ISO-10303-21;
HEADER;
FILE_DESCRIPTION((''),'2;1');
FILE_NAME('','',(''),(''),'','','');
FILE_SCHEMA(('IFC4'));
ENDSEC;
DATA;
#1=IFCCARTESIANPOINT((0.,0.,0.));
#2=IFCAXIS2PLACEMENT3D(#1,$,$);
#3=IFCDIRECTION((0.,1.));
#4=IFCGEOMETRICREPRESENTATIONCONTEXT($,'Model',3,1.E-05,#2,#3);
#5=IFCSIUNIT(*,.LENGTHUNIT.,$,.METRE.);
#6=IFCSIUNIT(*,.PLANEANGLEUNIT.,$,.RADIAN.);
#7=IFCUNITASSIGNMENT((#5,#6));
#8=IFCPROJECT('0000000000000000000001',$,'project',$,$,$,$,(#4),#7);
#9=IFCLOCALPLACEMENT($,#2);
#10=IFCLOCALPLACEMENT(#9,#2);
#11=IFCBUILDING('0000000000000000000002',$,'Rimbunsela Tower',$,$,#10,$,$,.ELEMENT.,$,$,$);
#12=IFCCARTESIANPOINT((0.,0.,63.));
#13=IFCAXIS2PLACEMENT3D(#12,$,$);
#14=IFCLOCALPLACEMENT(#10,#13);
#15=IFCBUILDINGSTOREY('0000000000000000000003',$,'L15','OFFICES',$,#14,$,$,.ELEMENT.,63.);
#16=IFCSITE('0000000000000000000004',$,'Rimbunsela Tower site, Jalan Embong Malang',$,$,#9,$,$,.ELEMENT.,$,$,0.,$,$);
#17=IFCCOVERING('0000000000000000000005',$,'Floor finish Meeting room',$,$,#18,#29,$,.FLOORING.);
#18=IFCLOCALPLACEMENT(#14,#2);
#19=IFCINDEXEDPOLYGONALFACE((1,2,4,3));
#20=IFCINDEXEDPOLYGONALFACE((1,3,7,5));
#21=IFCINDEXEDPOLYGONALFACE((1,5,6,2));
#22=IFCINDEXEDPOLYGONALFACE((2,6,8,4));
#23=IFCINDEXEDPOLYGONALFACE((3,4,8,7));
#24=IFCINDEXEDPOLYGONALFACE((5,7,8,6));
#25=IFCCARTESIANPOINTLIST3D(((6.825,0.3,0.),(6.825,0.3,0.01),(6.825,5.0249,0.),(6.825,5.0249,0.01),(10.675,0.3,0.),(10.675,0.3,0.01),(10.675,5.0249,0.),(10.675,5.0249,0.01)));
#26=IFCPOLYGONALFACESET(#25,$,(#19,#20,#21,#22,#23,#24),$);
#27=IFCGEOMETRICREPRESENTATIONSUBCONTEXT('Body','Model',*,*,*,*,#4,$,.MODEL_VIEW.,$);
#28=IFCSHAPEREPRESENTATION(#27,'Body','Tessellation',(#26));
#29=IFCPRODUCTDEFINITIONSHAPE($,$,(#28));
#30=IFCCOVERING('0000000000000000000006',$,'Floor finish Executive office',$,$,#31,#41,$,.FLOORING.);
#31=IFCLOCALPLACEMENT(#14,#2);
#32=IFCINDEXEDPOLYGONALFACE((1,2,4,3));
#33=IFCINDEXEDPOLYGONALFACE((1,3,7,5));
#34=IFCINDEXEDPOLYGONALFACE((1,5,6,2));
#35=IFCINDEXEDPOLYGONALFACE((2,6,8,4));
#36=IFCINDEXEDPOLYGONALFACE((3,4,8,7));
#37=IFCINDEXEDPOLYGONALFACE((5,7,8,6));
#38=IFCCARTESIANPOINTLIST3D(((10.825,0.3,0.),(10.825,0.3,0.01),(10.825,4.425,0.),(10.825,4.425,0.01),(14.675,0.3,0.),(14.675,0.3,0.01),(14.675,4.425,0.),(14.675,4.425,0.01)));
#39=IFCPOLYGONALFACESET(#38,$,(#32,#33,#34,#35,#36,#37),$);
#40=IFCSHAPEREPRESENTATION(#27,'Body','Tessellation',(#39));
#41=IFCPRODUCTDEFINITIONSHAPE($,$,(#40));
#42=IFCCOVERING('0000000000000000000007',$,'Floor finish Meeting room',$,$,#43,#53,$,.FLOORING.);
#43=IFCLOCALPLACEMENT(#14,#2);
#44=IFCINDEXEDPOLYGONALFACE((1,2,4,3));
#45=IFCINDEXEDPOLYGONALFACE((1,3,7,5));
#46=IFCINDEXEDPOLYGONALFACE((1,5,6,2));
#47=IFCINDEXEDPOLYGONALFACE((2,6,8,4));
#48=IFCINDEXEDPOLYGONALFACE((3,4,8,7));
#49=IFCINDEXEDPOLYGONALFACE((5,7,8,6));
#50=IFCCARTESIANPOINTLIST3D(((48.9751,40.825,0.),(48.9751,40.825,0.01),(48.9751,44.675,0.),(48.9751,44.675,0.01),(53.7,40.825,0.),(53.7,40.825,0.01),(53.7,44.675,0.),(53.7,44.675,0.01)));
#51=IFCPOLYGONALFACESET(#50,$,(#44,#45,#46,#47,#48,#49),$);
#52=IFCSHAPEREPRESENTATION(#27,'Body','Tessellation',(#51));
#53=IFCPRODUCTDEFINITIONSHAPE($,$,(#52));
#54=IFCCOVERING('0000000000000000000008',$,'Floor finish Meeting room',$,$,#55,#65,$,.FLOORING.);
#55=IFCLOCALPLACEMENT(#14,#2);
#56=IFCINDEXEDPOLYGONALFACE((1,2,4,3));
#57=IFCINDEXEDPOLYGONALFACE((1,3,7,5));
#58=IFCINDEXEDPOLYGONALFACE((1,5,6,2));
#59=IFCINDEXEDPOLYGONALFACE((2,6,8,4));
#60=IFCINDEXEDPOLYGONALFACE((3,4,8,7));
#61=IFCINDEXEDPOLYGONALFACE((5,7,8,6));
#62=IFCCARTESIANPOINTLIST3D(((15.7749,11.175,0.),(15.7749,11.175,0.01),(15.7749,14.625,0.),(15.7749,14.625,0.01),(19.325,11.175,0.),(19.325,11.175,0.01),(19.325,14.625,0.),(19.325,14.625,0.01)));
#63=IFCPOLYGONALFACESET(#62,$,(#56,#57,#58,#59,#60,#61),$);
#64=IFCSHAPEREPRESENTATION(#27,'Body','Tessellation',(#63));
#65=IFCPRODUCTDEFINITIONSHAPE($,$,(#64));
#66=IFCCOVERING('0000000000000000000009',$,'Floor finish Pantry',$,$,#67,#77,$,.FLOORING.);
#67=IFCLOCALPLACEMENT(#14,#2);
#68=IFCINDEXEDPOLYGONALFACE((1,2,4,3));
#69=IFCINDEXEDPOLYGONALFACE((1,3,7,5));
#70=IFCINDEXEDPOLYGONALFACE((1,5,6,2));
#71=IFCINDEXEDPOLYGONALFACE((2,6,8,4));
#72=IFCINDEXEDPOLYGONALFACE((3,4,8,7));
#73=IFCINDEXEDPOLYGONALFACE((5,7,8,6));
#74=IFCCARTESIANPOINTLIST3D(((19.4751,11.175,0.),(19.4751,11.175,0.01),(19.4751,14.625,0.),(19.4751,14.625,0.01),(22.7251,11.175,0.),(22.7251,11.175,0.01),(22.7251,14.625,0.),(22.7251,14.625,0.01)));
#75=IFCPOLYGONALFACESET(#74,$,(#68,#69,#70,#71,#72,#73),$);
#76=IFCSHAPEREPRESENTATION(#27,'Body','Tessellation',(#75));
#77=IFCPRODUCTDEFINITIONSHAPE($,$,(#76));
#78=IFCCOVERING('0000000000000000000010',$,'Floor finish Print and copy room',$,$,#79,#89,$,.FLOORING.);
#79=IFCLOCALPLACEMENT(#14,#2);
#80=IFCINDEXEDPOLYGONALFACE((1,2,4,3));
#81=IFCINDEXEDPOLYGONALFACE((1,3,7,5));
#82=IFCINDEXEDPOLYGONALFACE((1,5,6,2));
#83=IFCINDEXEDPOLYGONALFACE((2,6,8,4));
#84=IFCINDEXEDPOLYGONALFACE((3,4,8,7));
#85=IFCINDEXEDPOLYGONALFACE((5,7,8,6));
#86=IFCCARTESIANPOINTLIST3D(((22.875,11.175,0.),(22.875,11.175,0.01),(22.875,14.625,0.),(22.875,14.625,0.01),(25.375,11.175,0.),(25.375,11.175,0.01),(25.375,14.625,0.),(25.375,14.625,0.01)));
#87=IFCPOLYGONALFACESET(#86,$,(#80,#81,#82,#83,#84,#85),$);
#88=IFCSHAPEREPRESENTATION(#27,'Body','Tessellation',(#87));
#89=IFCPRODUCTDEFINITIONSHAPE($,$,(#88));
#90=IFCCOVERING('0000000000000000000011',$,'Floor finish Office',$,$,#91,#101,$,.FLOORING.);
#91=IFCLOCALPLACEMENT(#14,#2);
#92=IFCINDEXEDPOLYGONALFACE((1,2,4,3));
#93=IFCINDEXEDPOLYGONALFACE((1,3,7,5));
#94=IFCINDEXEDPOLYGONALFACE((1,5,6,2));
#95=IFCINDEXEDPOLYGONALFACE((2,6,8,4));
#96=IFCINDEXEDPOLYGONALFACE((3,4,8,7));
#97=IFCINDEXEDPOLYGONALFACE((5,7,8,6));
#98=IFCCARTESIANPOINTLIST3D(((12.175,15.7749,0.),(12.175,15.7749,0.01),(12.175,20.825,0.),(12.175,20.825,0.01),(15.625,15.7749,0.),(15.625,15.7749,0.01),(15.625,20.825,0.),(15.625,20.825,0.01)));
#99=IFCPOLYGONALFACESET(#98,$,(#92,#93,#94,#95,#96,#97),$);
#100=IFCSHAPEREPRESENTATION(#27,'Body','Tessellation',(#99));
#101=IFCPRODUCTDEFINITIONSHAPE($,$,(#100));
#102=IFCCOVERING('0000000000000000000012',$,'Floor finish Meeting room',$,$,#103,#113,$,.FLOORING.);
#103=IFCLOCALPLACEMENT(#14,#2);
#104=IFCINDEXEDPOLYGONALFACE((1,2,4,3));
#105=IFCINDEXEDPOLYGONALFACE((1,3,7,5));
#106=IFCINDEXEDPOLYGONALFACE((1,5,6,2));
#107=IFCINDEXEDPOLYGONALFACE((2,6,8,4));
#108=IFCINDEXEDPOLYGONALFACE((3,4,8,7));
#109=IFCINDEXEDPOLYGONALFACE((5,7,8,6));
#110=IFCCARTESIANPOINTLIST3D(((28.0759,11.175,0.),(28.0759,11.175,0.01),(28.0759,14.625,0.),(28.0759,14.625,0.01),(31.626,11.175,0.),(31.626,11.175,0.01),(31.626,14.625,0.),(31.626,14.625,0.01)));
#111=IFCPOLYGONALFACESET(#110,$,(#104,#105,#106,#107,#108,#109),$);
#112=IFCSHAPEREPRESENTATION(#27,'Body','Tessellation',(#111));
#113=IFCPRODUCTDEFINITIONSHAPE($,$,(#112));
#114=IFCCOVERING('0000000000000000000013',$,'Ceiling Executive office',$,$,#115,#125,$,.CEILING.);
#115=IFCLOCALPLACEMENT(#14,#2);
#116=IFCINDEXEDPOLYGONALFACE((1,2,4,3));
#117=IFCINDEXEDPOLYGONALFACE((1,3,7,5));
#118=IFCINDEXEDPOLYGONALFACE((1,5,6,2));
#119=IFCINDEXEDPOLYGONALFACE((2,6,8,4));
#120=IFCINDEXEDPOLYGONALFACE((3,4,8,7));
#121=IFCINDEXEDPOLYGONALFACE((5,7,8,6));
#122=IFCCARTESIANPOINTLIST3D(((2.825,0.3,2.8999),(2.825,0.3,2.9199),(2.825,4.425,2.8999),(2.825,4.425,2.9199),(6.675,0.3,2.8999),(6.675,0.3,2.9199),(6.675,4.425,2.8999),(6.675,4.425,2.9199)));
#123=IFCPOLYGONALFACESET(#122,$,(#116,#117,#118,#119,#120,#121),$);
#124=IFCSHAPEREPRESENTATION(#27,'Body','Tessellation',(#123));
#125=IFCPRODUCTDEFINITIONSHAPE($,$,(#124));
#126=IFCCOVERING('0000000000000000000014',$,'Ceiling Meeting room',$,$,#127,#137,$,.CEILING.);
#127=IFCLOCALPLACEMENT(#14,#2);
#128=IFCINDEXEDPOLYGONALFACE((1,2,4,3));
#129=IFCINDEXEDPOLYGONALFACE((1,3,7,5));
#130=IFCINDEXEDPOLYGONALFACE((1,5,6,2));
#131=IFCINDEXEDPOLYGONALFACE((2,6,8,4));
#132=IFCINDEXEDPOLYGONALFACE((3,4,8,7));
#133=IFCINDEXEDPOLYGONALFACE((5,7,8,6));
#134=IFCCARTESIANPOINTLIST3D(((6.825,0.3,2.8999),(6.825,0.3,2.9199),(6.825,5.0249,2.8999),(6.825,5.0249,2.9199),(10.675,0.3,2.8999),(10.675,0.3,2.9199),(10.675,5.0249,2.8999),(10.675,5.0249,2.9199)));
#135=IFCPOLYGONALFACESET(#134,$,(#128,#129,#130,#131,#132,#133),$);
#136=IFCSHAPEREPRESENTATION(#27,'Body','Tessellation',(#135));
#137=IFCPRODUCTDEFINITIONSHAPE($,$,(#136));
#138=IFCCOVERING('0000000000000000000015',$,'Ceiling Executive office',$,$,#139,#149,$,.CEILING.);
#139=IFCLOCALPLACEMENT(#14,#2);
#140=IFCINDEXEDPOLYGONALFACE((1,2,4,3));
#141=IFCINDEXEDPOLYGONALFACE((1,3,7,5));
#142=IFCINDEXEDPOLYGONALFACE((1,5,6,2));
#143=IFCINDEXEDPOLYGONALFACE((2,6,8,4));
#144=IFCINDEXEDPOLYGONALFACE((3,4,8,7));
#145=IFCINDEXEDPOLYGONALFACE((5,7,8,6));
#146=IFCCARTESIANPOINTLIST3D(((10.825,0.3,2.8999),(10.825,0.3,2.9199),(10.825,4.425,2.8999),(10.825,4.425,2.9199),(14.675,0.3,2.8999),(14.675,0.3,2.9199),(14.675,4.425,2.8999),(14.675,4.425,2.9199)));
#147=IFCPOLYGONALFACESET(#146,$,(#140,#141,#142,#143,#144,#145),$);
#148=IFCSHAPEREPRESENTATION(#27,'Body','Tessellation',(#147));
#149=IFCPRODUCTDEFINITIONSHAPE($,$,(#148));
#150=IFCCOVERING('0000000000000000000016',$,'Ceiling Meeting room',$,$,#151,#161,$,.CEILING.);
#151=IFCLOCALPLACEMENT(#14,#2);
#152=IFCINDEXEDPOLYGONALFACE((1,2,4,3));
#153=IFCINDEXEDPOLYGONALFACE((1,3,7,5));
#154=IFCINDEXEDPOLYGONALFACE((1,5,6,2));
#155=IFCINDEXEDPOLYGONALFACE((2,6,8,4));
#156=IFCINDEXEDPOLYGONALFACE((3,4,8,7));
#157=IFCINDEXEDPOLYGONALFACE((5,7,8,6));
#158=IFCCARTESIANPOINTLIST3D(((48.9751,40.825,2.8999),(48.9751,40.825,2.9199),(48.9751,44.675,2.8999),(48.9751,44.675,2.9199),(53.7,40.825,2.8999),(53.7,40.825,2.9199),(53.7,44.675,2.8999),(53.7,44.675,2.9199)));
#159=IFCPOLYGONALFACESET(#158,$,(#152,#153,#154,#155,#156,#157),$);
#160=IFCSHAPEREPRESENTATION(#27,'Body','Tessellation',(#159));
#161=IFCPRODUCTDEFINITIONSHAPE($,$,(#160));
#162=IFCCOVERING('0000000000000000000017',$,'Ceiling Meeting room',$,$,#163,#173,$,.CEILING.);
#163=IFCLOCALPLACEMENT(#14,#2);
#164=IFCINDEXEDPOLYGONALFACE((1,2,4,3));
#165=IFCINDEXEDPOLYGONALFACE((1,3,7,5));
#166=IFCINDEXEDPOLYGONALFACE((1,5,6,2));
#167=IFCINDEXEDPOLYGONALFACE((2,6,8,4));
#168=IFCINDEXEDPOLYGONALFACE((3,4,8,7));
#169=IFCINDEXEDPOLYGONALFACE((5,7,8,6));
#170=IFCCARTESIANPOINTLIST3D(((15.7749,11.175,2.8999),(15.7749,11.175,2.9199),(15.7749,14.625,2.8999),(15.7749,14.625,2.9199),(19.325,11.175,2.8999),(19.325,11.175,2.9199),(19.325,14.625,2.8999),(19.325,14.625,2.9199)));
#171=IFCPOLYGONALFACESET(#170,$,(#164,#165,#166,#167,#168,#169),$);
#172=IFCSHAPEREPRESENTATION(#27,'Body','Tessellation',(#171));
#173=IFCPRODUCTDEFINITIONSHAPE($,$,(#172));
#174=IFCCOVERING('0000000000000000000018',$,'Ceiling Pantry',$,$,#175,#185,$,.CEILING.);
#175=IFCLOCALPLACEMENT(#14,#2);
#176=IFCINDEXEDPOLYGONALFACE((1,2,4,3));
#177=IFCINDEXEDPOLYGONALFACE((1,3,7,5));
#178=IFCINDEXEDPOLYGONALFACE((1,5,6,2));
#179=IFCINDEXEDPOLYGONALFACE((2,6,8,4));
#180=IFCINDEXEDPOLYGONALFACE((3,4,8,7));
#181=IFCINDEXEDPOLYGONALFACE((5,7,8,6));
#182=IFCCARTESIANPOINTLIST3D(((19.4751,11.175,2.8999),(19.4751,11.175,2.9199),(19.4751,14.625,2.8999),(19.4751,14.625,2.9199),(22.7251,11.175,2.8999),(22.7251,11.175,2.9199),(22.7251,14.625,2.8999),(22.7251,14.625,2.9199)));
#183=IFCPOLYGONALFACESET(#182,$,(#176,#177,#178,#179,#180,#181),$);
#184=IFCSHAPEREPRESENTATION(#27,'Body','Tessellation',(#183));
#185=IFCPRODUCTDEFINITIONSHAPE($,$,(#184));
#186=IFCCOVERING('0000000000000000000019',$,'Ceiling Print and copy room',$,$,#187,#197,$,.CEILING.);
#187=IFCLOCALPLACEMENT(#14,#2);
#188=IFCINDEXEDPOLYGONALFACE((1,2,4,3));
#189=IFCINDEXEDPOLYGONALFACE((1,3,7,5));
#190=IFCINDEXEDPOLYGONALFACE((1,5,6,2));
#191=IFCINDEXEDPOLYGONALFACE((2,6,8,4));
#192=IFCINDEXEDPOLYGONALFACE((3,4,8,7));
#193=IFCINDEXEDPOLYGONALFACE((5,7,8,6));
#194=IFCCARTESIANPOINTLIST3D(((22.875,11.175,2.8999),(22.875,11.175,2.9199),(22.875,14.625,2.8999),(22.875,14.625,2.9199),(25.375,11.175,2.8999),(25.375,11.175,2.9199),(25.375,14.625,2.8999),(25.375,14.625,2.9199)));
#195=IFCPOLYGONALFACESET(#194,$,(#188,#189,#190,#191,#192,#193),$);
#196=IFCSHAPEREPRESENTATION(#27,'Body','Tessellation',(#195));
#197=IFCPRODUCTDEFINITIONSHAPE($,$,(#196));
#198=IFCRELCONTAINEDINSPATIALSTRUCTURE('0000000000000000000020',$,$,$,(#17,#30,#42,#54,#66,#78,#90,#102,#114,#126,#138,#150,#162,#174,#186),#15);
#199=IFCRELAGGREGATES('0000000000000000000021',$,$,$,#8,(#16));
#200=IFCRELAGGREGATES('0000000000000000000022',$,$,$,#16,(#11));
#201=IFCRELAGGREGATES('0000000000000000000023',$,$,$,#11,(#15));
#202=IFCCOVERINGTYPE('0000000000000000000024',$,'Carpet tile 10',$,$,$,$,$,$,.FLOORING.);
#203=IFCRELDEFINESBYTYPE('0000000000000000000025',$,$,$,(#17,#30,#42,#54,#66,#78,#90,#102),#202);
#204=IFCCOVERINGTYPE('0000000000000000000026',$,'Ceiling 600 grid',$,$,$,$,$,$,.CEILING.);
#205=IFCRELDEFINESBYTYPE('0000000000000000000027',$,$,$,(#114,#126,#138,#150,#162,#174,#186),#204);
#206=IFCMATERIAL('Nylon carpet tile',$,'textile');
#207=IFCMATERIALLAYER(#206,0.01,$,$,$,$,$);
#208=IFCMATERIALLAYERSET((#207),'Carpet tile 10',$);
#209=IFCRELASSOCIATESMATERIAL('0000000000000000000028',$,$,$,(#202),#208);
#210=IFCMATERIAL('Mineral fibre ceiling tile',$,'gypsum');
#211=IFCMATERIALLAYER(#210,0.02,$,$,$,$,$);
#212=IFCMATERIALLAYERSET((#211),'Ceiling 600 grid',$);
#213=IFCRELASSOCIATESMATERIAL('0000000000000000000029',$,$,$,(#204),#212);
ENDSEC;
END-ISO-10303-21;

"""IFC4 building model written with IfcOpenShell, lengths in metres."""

from ifc_helpers import new_model, si_unit, direction, frame, origin, place, context, subcontext, project, spatial, polyline, outline, extrude, material, layer, layer_set, type_object, element, save


model = new_model("IFC4")

# Units and contexts
model_context = context("Model", 3, precision=1e-05, world=origin(), true_north=direction((0.0, 1.0)))
body_context = subcontext(model_context, "Body", "Model", "MODEL_VIEW")
ifc_project = project(units=[si_unit("LENGTHUNIT", "METRE"), si_unit("PLANEANGLEUNIT", "RADIAN")], contexts=[model_context])

# Site, building, storey
site_placement = place(None, origin())
site = spatial("IfcSite", under=ifc_project, at=site_placement, Name="Rimbunsela Tower site, Jalan Embong Malang", CompositionType="ELEMENT", RefElevation=0.0)
building_placement = place(site_placement, origin())
building = spatial("IfcBuilding", under=site, at=building_placement, Name="Rimbunsela Tower", CompositionType="ELEMENT")
storey_placement = place(building_placement, frame((0.0, 0.0, 63.0)))
storey = spatial("IfcBuildingStorey", under=building, at=storey_placement, Name="L15", Description="OFFICES", CompositionType="ELEMENT", Elevation=63.0)

# Coverings
ifc_material_1 = material(Name="Nylon carpet tile", Category="textile")
ifc_layer_1 = layer(ifc_material_1, 0.01)
ifc_layer_set_1 = layer_set([ifc_layer_1], Name="Carpet tile 10")
covering_type_1 = type_object("IfcCoveringType", Name="Carpet tile 10", PredefinedType="FLOORING", material=ifc_layer_set_1)
covering_1_placement = place(storey_placement, origin())
element("IfcCovering", 1, at=covering_1_placement, inside=storey, type_object=covering_type_1, Name="Floor finish Meeting room", PredefinedType="FLOORING", context=body_context, shape_type="SweptSolid", body=[
    extrude(outline(polyline([(10.675, 0.3), (10.675, 5.0249), (6.825, 5.0249), (6.825, 0.3), (10.675, 0.3)])), origin(), (0.0, 0.0, 1.0), 0.01),
])
covering_2_placement = place(storey_placement, origin())
element("IfcCovering", 2, at=covering_2_placement, inside=storey, type_object=covering_type_1, Name="Floor finish Executive office", PredefinedType="FLOORING", context=body_context, shape_type="SweptSolid", body=[
    extrude(outline(polyline([(14.675, 0.3), (14.675, 4.425), (10.825, 4.425), (10.825, 0.3), (14.675, 0.3)])), origin(), (0.0, 0.0, 1.0), 0.01),
])
covering_3_placement = place(storey_placement, origin())
element("IfcCovering", 3, at=covering_3_placement, inside=storey, type_object=covering_type_1, Name="Floor finish Meeting room", PredefinedType="FLOORING", context=body_context, shape_type="SweptSolid", body=[
    extrude(outline(polyline([(53.7, 40.825), (53.7, 44.675), (48.9751, 44.675), (48.9751, 40.825), (53.7, 40.825)])), origin(), (0.0, 0.0, 1.0), 0.01),
])
covering_4_placement = place(storey_placement, origin())
element("IfcCovering", 4, at=covering_4_placement, inside=storey, type_object=covering_type_1, Name="Floor finish Meeting room", PredefinedType="FLOORING", context=body_context, shape_type="SweptSolid", body=[
    extrude(outline(polyline([(19.325, 11.175), (19.325, 14.625), (15.7749, 14.625), (15.7749, 11.175), (19.325, 11.175)])), origin(), (0.0, 0.0, 1.0), 0.01),
])
covering_5_placement = place(storey_placement, origin())
element("IfcCovering", 5, at=covering_5_placement, inside=storey, type_object=covering_type_1, Name="Floor finish Pantry", PredefinedType="FLOORING", context=body_context, shape_type="SweptSolid", body=[
    extrude(outline(polyline([(22.7251, 11.175), (22.7251, 14.625), (19.4751, 14.625), (19.4751, 11.175), (22.7251, 11.175)])), origin(), (0.0, 0.0, 1.0), 0.01),
])
covering_6_placement = place(storey_placement, origin())
element("IfcCovering", 6, at=covering_6_placement, inside=storey, type_object=covering_type_1, Name="Floor finish Print and copy room", PredefinedType="FLOORING", context=body_context, shape_type="SweptSolid", body=[
    extrude(outline(polyline([(25.375, 11.175), (25.375, 14.625), (22.875, 14.625), (22.875, 11.175), (25.375, 11.175)])), origin(), (0.0, 0.0, 1.0), 0.01),
])
covering_7_placement = place(storey_placement, origin())
element("IfcCovering", 7, at=covering_7_placement, inside=storey, type_object=covering_type_1, Name="Floor finish Office", PredefinedType="FLOORING", context=body_context, shape_type="SweptSolid", body=[
    extrude(outline(polyline([(15.625, 15.7749), (15.625, 20.825), (12.175, 20.825), (12.175, 15.7749), (15.625, 15.7749)])), origin(), (0.0, 0.0, 1.0), 0.01),
])
covering_8_placement = place(storey_placement, origin())
element("IfcCovering", 8, at=covering_8_placement, inside=storey, type_object=covering_type_1, Name="Floor finish Meeting room", PredefinedType="FLOORING", context=body_context, shape_type="SweptSolid", body=[
    extrude(outline(polyline([(31.626, 11.175), (31.626, 14.625), (28.0759, 14.625), (28.0759, 11.175), (31.626, 11.175)])), origin(), (0.0, 0.0, 1.0), 0.01),
])
ifc_material_2 = material(Name="Mineral fibre ceiling tile", Category="gypsum")
ifc_layer_2 = layer(ifc_material_2, 0.02)
ifc_layer_set_2 = layer_set([ifc_layer_2], Name="Ceiling 600 grid")
covering_type_2 = type_object("IfcCoveringType", Name="Ceiling 600 grid", PredefinedType="CEILING", material=ifc_layer_set_2)
covering_9_placement = place(storey_placement, frame((0.0, 0.0, 2.8999)))
element("IfcCovering", 9, at=covering_9_placement, inside=storey, type_object=covering_type_2, Name="Ceiling Executive office", PredefinedType="CEILING", context=body_context, shape_type="SweptSolid", body=[
    extrude(outline(polyline([(6.675, 0.3), (6.675, 4.425), (2.825, 4.425), (2.825, 0.3), (6.675, 0.3)])), origin(), (0.0, 0.0, 1.0), 0.02),
])
covering_10_placement = place(storey_placement, frame((0.0, 0.0, 2.8999)))
element("IfcCovering", 10, at=covering_10_placement, inside=storey, type_object=covering_type_2, Name="Ceiling Meeting room", PredefinedType="CEILING", context=body_context, shape_type="SweptSolid", body=[
    extrude(outline(polyline([(10.675, 0.3), (10.675, 5.0249), (6.825, 5.0249), (6.825, 0.3), (10.675, 0.3)])), origin(), (0.0, 0.0, 1.0), 0.02),
])
covering_11_placement = place(storey_placement, frame((0.0, 0.0, 2.8999)))
element("IfcCovering", 11, at=covering_11_placement, inside=storey, type_object=covering_type_2, Name="Ceiling Executive office", PredefinedType="CEILING", context=body_context, shape_type="SweptSolid", body=[
    extrude(outline(polyline([(14.675, 0.3), (14.675, 4.425), (10.825, 4.425), (10.825, 0.3), (14.675, 0.3)])), origin(), (0.0, 0.0, 1.0), 0.02),
])
covering_12_placement = place(storey_placement, frame((0.0, 0.0, 2.8999)))
element("IfcCovering", 12, at=covering_12_placement, inside=storey, type_object=covering_type_2, Name="Ceiling Meeting room", PredefinedType="CEILING", context=body_context, shape_type="SweptSolid", body=[
    extrude(outline(polyline([(53.7, 40.825), (53.7, 44.675), (48.9751, 44.675), (48.9751, 40.825), (53.7, 40.825)])), origin(), (0.0, 0.0, 1.0), 0.02),
])
covering_13_placement = place(storey_placement, frame((0.0, 0.0, 2.8999)))
element("IfcCovering", 13, at=covering_13_placement, inside=storey, type_object=covering_type_2, Name="Ceiling Meeting room", PredefinedType="CEILING", context=body_context, shape_type="SweptSolid", body=[
    extrude(outline(polyline([(19.325, 11.175), (19.325, 14.625), (15.7749, 14.625), (15.7749, 11.175), (19.325, 11.175)])), origin(), (0.0, 0.0, 1.0), 0.02),
])
covering_14_placement = place(storey_placement, frame((0.0, 0.0, 2.8999)))
element("IfcCovering", 14, at=covering_14_placement, inside=storey, type_object=covering_type_2, Name="Ceiling Pantry", PredefinedType="CEILING", context=body_context, shape_type="SweptSolid", body=[
    extrude(outline(polyline([(22.7251, 11.175), (22.7251, 14.625), (19.4751, 14.625), (19.4751, 11.175), (22.7251, 11.175)])), origin(), (0.0, 0.0, 1.0), 0.02),
])
covering_15_placement = place(storey_placement, frame((0.0, 0.0, 2.8999)))
element("IfcCovering", 15, at=covering_15_placement, inside=storey, type_object=covering_type_2, Name="Ceiling Print and copy room", PredefinedType="CEILING", context=body_context, shape_type="SweptSolid", body=[
    extrude(outline(polyline([(25.375, 11.175), (25.375, 14.625), (22.875, 14.625), (22.875, 11.175), (25.375, 11.175)])), origin(), (0.0, 0.0, 1.0), 0.02),
])

save(model, "model.ifc")
